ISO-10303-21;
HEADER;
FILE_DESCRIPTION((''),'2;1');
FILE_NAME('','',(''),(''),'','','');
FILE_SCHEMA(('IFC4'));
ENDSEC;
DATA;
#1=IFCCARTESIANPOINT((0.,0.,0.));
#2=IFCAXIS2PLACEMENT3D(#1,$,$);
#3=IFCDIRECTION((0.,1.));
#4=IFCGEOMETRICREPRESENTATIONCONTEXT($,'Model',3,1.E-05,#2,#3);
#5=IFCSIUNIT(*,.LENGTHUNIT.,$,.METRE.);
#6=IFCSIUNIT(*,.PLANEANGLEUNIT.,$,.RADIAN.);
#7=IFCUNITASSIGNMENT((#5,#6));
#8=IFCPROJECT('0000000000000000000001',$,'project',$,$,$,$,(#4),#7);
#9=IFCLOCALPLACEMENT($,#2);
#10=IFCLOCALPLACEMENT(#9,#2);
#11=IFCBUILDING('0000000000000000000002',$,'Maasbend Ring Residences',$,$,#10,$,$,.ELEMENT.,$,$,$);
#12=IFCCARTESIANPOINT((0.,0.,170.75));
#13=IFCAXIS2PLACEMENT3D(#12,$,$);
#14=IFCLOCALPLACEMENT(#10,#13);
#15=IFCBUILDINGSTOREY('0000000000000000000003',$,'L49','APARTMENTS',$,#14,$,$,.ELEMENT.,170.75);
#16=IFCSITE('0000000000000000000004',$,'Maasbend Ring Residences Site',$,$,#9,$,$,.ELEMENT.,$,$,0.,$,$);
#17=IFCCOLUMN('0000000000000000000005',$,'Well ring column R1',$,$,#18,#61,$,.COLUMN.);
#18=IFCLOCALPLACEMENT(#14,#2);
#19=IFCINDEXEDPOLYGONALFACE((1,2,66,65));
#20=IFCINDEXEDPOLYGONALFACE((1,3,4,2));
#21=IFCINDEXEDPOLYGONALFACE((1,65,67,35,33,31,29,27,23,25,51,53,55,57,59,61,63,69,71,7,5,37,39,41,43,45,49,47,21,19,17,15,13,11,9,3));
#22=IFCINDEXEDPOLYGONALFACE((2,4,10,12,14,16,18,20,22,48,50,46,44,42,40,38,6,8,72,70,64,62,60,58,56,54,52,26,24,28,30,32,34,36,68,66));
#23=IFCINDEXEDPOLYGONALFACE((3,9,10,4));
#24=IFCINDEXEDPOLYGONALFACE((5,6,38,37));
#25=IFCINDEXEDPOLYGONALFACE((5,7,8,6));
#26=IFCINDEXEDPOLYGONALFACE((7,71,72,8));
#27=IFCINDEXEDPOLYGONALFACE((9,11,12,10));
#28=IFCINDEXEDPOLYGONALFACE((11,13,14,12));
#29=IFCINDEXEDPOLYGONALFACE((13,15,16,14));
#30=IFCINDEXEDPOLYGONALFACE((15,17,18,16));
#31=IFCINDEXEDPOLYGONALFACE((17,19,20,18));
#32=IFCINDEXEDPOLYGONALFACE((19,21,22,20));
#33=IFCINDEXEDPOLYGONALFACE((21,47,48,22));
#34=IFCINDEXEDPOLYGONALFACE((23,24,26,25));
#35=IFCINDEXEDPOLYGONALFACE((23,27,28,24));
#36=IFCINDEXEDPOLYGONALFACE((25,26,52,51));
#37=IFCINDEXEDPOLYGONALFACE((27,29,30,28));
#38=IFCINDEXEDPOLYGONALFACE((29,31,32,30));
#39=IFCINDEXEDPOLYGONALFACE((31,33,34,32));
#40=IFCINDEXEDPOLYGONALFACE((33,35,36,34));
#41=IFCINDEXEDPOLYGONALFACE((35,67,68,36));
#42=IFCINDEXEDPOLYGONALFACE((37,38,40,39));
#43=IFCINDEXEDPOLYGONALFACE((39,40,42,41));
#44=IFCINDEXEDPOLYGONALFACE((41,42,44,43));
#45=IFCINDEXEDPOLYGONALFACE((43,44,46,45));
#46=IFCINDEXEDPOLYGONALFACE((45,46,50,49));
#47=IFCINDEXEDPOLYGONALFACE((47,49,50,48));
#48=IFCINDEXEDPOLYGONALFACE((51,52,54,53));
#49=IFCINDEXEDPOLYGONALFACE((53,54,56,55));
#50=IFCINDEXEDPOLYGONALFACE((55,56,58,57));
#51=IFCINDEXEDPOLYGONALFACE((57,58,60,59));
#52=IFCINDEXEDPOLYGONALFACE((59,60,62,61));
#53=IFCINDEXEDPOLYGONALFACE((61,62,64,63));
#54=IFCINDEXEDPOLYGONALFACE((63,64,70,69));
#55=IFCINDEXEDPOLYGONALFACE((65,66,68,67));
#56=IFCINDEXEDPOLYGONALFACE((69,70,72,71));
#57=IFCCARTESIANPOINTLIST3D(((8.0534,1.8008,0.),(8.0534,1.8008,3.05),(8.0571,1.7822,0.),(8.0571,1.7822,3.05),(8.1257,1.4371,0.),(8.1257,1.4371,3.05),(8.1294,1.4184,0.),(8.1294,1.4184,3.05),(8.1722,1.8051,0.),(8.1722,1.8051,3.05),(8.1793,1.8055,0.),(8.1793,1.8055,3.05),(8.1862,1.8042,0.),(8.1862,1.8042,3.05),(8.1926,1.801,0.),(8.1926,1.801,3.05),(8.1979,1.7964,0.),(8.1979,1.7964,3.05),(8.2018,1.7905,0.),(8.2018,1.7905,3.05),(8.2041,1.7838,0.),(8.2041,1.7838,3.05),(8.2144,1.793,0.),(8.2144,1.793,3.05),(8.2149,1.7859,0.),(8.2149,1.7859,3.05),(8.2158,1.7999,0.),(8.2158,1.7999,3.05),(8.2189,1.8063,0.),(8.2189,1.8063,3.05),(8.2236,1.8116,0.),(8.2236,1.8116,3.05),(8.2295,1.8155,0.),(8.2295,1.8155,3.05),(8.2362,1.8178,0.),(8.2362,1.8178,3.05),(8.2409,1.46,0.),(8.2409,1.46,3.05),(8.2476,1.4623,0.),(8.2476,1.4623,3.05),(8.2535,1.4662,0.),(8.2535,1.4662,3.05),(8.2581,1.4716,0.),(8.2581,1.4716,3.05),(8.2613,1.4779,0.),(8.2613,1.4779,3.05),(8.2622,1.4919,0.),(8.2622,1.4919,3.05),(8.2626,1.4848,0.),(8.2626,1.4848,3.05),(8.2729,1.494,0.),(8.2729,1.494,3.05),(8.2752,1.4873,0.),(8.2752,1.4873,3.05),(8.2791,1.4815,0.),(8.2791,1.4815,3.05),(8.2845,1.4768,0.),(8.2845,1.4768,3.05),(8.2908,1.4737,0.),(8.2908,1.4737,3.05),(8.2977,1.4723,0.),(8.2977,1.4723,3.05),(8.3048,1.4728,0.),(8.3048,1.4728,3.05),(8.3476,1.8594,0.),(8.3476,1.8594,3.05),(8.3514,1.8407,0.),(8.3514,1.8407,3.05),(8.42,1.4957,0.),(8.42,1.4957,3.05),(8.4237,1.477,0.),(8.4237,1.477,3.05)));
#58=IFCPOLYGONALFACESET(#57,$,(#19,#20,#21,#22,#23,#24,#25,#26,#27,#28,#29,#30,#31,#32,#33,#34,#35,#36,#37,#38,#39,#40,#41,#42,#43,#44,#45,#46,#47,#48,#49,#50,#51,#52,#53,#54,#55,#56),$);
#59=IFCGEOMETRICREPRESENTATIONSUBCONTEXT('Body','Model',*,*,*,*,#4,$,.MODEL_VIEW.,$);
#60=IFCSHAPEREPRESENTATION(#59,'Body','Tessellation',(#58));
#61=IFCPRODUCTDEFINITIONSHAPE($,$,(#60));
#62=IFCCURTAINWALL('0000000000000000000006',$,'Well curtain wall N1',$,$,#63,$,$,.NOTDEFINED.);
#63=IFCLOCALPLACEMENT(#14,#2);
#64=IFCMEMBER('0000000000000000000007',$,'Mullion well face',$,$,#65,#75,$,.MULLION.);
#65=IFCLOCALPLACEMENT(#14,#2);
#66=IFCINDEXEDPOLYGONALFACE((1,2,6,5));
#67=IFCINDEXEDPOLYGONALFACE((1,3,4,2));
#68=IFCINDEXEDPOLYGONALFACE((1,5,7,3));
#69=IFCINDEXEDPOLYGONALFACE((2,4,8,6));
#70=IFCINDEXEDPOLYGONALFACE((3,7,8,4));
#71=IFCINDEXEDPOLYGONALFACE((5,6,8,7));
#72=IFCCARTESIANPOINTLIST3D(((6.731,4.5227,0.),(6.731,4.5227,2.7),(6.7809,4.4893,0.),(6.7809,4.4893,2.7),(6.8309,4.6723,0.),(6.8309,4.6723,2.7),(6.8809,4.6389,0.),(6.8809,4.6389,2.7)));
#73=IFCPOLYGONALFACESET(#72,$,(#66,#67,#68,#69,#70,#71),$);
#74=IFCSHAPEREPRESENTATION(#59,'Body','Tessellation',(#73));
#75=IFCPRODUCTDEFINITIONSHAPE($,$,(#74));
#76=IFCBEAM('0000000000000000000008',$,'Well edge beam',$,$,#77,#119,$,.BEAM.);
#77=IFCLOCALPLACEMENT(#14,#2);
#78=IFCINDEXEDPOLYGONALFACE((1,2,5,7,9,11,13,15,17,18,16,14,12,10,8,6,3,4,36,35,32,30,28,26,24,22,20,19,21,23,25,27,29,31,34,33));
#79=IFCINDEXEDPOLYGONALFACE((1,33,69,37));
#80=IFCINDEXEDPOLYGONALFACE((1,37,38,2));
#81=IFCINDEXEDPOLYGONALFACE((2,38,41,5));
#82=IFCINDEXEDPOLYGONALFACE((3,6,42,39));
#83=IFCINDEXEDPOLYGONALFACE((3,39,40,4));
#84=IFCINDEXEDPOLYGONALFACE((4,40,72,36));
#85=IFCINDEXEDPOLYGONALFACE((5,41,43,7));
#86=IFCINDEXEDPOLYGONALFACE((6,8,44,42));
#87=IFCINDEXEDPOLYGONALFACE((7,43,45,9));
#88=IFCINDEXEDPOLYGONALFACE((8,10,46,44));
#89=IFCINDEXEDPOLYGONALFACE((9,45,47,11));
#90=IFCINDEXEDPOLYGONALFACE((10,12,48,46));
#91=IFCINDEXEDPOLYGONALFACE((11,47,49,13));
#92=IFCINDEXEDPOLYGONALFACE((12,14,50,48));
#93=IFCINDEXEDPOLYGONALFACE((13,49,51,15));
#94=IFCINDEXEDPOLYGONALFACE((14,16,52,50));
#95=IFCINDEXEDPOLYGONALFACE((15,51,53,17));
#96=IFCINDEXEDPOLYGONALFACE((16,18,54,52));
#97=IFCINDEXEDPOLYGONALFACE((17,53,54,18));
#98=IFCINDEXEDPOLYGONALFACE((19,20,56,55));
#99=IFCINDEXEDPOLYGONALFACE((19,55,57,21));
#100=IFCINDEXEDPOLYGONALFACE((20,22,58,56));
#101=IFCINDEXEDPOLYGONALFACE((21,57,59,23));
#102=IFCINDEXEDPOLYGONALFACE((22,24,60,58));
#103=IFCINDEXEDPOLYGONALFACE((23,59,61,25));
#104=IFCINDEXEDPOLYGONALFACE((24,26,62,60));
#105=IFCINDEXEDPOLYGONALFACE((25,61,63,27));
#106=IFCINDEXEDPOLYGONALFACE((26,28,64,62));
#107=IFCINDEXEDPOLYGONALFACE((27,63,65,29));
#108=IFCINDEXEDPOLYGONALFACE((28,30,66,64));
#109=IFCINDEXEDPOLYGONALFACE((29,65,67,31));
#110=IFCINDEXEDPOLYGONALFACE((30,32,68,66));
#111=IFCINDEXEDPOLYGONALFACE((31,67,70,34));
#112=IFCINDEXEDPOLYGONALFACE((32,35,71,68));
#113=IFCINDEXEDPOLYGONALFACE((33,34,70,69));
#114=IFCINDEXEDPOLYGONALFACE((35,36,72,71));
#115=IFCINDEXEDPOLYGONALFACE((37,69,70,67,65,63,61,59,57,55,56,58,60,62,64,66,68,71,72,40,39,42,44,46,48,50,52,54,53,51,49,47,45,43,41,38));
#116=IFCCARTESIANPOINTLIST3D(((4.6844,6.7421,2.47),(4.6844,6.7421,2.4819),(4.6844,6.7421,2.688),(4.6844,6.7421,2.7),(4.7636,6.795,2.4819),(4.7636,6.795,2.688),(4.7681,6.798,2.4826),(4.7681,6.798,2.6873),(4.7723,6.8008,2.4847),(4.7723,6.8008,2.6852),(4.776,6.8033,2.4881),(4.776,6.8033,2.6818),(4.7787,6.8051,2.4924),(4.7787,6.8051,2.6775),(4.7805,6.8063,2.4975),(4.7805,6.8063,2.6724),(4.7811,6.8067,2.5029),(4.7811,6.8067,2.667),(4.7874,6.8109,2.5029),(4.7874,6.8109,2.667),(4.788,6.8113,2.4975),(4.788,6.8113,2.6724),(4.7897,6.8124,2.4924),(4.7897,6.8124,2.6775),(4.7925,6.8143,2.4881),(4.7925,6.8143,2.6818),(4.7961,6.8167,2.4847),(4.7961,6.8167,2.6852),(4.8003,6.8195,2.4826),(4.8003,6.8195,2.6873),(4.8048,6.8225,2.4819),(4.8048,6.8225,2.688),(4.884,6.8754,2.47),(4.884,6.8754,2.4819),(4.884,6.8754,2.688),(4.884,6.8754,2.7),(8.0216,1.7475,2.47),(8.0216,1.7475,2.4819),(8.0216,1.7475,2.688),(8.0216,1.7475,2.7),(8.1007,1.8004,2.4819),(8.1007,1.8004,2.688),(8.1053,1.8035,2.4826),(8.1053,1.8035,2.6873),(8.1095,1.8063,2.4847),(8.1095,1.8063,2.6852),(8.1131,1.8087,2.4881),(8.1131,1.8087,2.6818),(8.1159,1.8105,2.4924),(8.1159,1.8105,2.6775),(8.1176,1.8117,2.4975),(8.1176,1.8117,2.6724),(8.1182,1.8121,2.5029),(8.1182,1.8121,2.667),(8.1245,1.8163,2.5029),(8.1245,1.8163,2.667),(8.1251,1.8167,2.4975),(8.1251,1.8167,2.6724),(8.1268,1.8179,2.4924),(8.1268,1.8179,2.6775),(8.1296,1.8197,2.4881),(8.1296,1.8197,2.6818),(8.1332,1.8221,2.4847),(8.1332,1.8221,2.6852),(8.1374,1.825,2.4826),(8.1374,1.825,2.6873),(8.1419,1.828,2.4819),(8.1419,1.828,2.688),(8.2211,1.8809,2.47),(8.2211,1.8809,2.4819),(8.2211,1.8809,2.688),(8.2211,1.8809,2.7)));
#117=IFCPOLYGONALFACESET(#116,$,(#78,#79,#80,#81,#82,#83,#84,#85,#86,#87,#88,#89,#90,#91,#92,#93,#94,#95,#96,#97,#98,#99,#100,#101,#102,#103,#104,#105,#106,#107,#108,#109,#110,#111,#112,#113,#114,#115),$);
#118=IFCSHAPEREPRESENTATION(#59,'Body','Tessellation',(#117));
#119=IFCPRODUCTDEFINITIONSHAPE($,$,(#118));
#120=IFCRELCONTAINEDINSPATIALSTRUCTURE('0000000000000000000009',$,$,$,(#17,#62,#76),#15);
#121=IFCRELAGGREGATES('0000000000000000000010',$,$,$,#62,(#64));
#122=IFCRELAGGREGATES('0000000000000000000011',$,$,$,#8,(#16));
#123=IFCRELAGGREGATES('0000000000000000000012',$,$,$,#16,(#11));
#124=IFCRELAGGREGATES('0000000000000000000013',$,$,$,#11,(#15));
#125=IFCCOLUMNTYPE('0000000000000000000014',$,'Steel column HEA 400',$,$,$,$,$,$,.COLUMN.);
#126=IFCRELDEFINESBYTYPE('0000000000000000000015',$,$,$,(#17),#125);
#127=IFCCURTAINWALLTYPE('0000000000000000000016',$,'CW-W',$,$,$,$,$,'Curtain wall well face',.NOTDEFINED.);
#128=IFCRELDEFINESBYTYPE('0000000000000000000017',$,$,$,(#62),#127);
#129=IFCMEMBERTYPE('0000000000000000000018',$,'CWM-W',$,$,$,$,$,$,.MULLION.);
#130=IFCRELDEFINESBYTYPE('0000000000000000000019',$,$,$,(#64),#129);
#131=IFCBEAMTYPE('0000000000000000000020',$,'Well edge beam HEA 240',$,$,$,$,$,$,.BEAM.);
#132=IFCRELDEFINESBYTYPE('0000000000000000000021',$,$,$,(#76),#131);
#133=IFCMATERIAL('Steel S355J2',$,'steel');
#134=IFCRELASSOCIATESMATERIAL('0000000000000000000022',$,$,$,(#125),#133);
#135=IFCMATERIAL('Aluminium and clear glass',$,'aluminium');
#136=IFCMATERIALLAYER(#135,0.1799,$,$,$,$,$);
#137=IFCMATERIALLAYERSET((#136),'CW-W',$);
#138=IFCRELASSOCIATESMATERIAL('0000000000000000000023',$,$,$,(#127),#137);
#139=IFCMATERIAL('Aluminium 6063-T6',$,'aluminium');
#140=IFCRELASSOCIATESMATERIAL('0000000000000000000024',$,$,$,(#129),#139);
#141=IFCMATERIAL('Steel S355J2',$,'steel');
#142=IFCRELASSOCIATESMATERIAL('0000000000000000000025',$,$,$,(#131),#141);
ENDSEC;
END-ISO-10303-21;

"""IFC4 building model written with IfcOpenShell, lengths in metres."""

from ifc_helpers import new_model, si_unit, direction, frame, origin, origin_2d, place, context, subcontext, project, spatial, rectangle, i_section, extrude, material, layer, layer_set, material_profile, profile_set, type_object, element, aggregate, save


model = new_model("IFC4")

# Units and contexts
model_context = context("Model", 3, precision=1e-05, world=origin(), true_north=direction((0.0, 1.0)))
body_context = subcontext(model_context, "Body", "Model", "MODEL_VIEW")
ifc_project = project(units=[si_unit("LENGTHUNIT", "METRE"), si_unit("PLANEANGLEUNIT", "RADIAN")], contexts=[model_context])

# Site, building, storey
site_placement = place(None, origin())
site = spatial("IfcSite", under=ifc_project, at=site_placement, Name="Maasbend Ring Residences Site", CompositionType="ELEMENT", RefElevation=0.0)
building_placement = place(site_placement, origin())
building = spatial("IfcBuilding", under=site, at=building_placement, Name="Maasbend Ring Residences", CompositionType="ELEMENT")
storey_placement = place(building_placement, frame((0.0, 0.0, 170.75)))
storey = spatial("IfcBuildingStorey", under=building, at=storey_placement, Name="L49", Description="APARTMENTS", CompositionType="ELEMENT", Elevation=170.75)

# Column
ifc_material_1 = material(Name="Steel S355J2", Category="steel")
ifc_material_profile_1 = material_profile(ifc_material_1, i_section(OverallWidth=0.3, OverallDepth=0.3899, WebThickness=0.011, FlangeThickness=0.019, FilletRadius=0.0271, at=origin_2d()), Name="HEA 400")
ifc_profile_set_1 = profile_set([ifc_material_profile_1], Name="Steel S355J2")
column_type = type_object("IfcColumnType", Name="Steel column HEA 400", PredefinedType="COLUMN", material=ifc_profile_set_1)
column_placement = place(storey_placement, frame((8.2385, 1.6389, 0.0), z_axis=(0.0, 0.0, 1.0), x_axis=(0.980785, 0.19509, 0.0)))
element("IfcColumn", 1, at=column_placement, inside=storey, type_object=column_type, Name="Well ring column R1", PredefinedType="COLUMN", context=body_context, shape_type="SweptSolid", body=[
    extrude(i_section(OverallWidth=0.3, OverallDepth=0.3899, WebThickness=0.011, FlangeThickness=0.019, FilletRadius=0.0271, at=origin_2d()), origin(), (0.0, 0.0, 1.0), 3.05),
])

# Curtain wall, member
ifc_material_2 = material(Name="Aluminium and clear glass", Category="aluminium")
ifc_layer_1 = layer(ifc_material_2, 0.1799)
ifc_layer_set_1 = layer_set([ifc_layer_1], Name="CW-W")
curtain_wall_type = type_object("IfcCurtainWallType", Name="CW-W", ElementType="Curtain wall well face", PredefinedType="NOTDEFINED", material=ifc_layer_set_1)
curtain_wall_placement = place(storey_placement, origin())
curtain_wall = element("IfcCurtainWall", 2, at=curtain_wall_placement, inside=storey, type_object=curtain_wall_type, Name="Well curtain wall N1", PredefinedType="NOTDEFINED")
ifc_material_3 = material(Name="Aluminium 6063-T6", Category="aluminium")
ifc_material_profile_2 = material_profile(ifc_material_3, rectangle(XDim=0.1799, YDim=0.0601, at=origin_2d()), Name="AL 180x60")
ifc_profile_set_2 = profile_set([ifc_material_profile_2], Name="Aluminium 6063-T6")
member_type = type_object("IfcMemberType", Name="CWM-W", PredefinedType="MULLION", material=ifc_profile_set_2)
member_placement = place(storey_placement, frame((6.8059, 4.5808, 0.0), z_axis=(0.0, 0.0, 1.0), x_axis=(-0.55557, -0.83147, 0.0)))
member = element("IfcMember", 3, at=member_placement, type_object=member_type, Name="Mullion well face", PredefinedType="MULLION", context=body_context, shape_type="SweptSolid", body=[
    extrude(rectangle(XDim=0.1799, YDim=0.0601, at=origin_2d()), origin(), (0.0, 0.0, 1.0), 2.7),
])
aggregate(curtain_wall, [member])

# Beam
ifc_material_4 = material(Name="Steel S355J2", Category="steel")
ifc_material_profile_3 = material_profile(ifc_material_4, i_section(OverallWidth=0.24, OverallDepth=0.23, WebThickness=0.0076, FlangeThickness=0.012, FilletRadius=0.021, at=origin_2d()), Name="HEA 240")
ifc_profile_set_3 = profile_set([ifc_material_profile_3], Name="Steel S355J2")
beam_type = type_object("IfcBeamType", Name="Well edge beam HEA 240", PredefinedType="BEAM", material=ifc_profile_set_3)
beam_placement = place(storey_placement, frame((8.1213, 1.8142, 2.585), z_axis=(-0.555553, 0.831481, 0.0), x_axis=(-0.831481, -0.555553, 0.0)))
element("IfcBeam", 4, at=beam_placement, inside=storey, type_object=beam_type, Name="Well edge beam", PredefinedType="BEAM", context=body_context, shape_type="SweptSolid", body=[
    extrude(i_section(OverallWidth=0.24, OverallDepth=0.23, WebThickness=0.0076, FlangeThickness=0.012, FilletRadius=0.021, at=origin_2d()), origin(), (0.0, 0.0, 1.0), 6.0068),
])

save(model, "model.ifc")
